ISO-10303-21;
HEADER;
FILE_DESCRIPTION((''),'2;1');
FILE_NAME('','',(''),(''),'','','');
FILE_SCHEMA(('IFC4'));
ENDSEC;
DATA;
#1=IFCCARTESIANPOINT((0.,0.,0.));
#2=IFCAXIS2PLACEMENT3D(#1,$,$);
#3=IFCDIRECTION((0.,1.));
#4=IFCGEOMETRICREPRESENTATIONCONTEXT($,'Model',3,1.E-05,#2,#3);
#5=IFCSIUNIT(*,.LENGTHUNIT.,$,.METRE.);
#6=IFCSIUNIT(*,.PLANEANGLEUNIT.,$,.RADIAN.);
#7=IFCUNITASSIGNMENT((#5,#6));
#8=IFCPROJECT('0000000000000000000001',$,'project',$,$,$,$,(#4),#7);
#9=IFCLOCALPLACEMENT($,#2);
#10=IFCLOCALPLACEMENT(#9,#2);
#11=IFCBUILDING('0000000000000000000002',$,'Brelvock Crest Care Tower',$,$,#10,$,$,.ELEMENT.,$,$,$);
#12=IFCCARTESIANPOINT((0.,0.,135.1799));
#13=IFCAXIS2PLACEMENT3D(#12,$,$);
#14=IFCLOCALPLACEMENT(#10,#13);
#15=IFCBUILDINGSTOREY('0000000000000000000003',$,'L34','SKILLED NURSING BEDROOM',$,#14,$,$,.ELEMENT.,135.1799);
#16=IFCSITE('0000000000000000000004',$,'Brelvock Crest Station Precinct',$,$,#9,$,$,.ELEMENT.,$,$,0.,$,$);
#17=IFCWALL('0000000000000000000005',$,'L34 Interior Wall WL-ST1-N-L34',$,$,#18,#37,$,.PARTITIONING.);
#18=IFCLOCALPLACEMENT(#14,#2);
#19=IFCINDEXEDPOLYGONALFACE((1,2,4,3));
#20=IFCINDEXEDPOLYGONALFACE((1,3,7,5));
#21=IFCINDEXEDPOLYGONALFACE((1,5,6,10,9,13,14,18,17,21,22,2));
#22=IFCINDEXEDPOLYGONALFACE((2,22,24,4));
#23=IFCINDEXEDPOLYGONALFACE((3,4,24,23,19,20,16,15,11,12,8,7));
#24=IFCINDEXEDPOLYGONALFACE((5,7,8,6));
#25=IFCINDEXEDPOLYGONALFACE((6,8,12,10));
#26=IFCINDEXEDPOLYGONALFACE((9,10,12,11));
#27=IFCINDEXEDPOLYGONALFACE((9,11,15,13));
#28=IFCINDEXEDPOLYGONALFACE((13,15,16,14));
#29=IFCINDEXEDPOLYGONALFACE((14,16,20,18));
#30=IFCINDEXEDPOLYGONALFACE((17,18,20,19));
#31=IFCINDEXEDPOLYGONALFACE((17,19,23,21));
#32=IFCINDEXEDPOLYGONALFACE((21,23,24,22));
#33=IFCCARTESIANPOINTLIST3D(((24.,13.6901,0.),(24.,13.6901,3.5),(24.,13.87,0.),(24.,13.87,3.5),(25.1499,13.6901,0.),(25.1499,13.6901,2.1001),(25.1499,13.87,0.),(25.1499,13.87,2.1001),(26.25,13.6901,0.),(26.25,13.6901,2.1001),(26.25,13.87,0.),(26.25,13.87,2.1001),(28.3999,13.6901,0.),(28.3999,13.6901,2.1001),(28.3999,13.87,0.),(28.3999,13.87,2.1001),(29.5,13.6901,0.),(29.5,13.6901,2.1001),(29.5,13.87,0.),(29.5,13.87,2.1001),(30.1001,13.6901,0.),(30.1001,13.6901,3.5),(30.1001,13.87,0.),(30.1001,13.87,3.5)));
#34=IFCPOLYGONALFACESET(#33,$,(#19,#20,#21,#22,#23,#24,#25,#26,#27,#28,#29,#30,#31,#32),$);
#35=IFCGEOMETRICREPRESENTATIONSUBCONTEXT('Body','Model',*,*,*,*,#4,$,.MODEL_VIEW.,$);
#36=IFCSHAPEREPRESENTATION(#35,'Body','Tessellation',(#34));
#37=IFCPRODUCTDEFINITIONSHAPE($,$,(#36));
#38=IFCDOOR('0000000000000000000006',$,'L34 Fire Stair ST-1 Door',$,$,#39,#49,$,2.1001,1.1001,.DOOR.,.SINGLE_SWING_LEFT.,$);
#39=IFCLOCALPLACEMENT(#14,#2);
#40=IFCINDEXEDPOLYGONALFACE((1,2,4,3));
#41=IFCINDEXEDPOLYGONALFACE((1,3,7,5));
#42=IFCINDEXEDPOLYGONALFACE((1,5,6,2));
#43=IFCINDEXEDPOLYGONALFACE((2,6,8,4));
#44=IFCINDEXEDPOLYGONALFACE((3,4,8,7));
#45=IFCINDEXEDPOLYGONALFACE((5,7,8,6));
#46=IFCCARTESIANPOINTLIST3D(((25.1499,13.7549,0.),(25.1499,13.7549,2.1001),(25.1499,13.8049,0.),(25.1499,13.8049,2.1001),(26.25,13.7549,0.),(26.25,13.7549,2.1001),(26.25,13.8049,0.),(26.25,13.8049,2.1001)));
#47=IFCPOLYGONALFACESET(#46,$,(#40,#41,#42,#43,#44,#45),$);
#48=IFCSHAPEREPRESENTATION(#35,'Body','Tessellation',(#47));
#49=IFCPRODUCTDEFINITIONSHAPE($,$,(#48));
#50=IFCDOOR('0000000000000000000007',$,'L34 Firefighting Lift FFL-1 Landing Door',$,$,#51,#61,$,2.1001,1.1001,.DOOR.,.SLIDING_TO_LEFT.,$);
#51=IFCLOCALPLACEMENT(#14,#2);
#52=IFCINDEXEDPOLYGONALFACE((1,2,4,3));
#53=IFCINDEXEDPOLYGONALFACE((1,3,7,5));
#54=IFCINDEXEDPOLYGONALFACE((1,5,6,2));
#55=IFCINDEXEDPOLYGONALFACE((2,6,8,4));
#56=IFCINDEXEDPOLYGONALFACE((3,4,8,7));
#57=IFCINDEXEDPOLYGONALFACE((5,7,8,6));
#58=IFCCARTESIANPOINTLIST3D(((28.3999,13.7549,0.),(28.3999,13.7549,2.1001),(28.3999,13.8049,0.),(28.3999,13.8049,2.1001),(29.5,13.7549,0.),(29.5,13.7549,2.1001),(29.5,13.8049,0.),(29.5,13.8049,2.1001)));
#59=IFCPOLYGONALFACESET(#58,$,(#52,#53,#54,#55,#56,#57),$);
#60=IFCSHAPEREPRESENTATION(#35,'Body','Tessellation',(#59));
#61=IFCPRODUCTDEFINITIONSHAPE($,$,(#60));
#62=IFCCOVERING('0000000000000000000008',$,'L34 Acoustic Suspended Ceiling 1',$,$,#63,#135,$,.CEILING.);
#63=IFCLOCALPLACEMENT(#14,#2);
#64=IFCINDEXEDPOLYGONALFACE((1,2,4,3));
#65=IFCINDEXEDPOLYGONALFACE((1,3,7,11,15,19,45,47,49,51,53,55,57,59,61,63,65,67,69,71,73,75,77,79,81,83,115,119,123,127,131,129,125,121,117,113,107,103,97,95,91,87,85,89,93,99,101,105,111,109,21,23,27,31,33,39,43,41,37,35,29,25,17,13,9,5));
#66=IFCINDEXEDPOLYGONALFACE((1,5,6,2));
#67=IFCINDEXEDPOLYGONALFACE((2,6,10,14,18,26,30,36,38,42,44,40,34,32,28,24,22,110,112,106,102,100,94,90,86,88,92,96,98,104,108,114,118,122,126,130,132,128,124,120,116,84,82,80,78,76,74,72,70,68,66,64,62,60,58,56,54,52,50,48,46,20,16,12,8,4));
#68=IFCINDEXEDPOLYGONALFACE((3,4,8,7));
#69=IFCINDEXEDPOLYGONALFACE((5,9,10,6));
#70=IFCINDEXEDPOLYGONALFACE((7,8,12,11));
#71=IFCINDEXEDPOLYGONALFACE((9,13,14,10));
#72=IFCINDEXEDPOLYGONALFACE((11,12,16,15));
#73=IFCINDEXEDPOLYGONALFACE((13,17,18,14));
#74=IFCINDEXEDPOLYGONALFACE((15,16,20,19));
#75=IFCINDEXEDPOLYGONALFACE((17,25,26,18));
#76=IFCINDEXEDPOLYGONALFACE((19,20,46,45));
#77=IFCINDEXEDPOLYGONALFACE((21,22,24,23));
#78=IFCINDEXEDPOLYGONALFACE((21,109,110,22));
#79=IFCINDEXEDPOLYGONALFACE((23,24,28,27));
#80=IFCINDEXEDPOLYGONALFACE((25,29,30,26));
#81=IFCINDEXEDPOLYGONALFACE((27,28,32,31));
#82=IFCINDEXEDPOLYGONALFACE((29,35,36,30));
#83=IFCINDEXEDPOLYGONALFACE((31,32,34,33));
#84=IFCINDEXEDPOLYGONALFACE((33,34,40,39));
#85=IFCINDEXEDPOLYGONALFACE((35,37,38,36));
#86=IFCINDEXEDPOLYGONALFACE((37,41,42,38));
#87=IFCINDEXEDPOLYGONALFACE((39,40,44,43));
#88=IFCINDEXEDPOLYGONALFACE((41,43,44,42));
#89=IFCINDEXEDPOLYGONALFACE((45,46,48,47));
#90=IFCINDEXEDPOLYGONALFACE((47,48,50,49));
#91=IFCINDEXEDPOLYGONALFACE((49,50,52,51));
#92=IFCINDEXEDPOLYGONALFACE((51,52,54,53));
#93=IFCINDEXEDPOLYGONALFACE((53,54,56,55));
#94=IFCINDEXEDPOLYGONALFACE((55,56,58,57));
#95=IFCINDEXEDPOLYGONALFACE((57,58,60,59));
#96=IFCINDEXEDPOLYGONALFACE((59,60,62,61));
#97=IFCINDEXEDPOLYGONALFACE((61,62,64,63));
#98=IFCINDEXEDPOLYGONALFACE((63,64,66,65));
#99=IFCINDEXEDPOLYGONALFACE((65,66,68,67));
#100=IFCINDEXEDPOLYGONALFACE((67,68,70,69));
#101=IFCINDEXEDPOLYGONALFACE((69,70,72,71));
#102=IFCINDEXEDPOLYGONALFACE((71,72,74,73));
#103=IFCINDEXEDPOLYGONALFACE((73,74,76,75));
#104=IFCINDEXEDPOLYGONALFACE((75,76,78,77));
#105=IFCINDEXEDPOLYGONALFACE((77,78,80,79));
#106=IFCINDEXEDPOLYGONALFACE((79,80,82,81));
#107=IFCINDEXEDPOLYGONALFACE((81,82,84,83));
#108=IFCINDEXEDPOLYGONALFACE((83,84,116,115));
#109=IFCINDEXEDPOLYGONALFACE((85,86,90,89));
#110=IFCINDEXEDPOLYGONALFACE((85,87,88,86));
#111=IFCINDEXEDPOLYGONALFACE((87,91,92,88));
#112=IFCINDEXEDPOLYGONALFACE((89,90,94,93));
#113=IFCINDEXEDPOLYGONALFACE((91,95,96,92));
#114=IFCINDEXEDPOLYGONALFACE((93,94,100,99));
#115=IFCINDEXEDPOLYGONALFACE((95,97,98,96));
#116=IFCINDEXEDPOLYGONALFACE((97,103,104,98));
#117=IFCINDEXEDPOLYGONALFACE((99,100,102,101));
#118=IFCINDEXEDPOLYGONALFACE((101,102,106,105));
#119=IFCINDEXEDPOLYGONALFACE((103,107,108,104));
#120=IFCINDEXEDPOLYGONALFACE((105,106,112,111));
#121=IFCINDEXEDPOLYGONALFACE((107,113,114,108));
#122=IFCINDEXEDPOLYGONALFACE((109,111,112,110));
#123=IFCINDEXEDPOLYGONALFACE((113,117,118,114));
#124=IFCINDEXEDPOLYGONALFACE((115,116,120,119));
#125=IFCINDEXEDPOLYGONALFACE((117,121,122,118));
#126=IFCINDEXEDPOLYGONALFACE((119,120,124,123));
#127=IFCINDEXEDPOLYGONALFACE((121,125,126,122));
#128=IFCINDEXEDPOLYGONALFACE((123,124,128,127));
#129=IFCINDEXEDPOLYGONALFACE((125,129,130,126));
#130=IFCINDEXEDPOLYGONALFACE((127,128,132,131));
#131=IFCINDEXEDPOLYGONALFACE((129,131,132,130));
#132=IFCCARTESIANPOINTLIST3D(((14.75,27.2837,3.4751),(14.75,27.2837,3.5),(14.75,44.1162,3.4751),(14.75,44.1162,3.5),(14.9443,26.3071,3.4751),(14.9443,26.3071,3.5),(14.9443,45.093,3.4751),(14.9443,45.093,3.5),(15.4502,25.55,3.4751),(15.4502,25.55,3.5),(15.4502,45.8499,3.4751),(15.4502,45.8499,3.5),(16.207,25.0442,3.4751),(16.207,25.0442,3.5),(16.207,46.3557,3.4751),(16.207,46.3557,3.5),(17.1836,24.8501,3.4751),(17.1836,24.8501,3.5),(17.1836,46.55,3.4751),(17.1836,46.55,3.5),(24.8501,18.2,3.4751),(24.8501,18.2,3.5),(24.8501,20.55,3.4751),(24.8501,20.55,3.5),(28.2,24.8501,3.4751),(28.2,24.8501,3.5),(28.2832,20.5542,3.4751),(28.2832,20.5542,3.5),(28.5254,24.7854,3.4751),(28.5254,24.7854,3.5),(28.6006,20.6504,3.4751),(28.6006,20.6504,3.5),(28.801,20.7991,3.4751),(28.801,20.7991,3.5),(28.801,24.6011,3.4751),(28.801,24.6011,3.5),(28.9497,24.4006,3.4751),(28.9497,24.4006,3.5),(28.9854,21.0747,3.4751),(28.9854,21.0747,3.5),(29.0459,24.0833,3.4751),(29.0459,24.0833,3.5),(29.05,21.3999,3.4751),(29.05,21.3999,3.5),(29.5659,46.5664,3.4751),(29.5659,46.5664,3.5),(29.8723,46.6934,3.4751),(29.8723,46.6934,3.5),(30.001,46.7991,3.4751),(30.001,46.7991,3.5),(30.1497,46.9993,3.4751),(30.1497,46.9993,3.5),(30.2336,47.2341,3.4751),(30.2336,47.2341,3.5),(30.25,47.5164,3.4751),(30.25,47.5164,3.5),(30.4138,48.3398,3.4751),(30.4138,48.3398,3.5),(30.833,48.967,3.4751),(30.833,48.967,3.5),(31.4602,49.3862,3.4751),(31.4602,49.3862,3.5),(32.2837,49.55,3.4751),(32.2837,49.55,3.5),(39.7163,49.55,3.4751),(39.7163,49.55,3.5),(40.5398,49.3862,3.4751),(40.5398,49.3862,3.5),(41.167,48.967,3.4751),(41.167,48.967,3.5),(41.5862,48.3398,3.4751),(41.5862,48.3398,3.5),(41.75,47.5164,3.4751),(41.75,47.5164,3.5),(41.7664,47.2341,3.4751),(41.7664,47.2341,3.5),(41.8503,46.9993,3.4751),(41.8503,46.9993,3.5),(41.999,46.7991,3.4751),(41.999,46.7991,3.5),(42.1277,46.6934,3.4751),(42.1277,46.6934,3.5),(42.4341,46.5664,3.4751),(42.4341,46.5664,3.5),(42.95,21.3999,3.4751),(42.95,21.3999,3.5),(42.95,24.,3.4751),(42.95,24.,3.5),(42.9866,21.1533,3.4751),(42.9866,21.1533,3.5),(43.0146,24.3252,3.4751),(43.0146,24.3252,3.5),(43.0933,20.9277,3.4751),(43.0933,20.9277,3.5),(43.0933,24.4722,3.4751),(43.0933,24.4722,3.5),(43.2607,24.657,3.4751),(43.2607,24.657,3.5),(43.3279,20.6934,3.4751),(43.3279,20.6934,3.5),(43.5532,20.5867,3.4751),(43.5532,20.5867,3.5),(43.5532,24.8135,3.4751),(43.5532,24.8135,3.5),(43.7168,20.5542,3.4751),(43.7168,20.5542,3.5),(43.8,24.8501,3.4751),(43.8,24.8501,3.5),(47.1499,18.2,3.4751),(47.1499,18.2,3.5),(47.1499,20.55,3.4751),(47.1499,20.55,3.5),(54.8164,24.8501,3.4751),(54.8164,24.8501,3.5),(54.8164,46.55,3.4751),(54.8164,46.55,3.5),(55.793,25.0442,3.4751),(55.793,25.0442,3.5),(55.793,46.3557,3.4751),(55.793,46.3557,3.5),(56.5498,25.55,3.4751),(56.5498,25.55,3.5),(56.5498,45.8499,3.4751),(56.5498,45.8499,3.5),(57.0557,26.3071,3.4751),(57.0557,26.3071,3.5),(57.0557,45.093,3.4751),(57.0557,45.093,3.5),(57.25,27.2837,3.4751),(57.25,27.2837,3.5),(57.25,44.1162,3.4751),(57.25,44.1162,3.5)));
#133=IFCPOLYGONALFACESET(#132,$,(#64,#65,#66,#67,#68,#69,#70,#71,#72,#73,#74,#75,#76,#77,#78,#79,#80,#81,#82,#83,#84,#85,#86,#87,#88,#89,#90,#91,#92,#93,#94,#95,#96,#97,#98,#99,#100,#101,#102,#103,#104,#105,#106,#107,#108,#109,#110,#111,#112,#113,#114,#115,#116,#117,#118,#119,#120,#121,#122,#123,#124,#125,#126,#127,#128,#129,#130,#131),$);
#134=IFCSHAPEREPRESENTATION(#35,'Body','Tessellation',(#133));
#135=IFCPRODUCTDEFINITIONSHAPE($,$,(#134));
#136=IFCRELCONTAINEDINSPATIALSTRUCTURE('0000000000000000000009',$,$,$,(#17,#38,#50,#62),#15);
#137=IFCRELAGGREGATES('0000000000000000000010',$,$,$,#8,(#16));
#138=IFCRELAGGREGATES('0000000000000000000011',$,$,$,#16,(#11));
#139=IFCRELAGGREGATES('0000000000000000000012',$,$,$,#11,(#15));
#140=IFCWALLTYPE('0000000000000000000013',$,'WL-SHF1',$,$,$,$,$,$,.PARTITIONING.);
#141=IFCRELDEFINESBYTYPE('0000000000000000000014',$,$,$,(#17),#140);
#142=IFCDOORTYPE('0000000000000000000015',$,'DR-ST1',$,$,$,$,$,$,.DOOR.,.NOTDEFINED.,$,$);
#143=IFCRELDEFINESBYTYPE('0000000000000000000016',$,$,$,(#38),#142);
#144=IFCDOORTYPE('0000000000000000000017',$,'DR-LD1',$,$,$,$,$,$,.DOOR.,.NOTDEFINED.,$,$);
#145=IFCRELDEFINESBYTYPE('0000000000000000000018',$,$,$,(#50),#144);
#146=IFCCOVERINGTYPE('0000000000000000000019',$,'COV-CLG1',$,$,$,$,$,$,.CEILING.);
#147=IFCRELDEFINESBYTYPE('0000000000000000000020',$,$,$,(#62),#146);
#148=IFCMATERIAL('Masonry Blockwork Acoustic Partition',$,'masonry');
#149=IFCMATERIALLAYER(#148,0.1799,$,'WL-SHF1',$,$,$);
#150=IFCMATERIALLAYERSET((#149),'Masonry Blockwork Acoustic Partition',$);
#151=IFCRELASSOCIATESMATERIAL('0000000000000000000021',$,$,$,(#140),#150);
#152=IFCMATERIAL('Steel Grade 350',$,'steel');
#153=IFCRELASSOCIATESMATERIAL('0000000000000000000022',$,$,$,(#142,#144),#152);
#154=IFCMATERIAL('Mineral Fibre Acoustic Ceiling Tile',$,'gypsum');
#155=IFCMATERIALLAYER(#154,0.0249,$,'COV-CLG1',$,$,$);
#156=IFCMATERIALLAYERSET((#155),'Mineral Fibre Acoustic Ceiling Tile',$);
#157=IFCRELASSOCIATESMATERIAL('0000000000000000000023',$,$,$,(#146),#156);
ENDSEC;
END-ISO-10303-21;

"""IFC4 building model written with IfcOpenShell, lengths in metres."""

from ifc_helpers import new_model, si_unit, direction, frame, frame_2d, origin, origin_2d, place, context, subcontext, project, spatial, polyline, rectangle, outline, extrude, source, transform, mapped, material, layer, layer_set, type_object, element, fill, save


model = new_model("IFC4")

# Units and contexts
model_context = context("Model", 3, precision=1e-05, world=origin(), true_north=direction((0.0, 1.0)))
body_context = subcontext(model_context, "Body", "Model", "MODEL_VIEW")
ifc_project = project(units=[si_unit("LENGTHUNIT", "METRE"), si_unit("PLANEANGLEUNIT", "RADIAN")], contexts=[model_context])

# Site, building, storey
site_placement = place(None, origin())
site = spatial("IfcSite", under=ifc_project, at=site_placement, Name="Brelvock Crest Station Precinct", CompositionType="ELEMENT", RefElevation=0.0)
building_placement = place(site_placement, origin())
building = spatial("IfcBuilding", under=site, at=building_placement, Name="Brelvock Crest Care Tower", CompositionType="ELEMENT")
storey_placement = place(building_placement, frame((0.0, 0.0, 135.1799)))
storey = spatial("IfcBuildingStorey", under=building, at=storey_placement, Name="L34", Description="SKILLED NURSING BEDROOM", CompositionType="ELEMENT", Elevation=135.1799)

# Shared definitions
ifc_material_1 = material(Name="Steel Grade 350", Category="steel")

# Wall, openings, doors
ifc_material_2 = material(Name="Masonry Blockwork Acoustic Partition", Category="masonry")
ifc_layer_1 = layer(ifc_material_2, 0.1799, Name="WL-SHF1")
ifc_layer_set_1 = layer_set([ifc_layer_1], Name="Masonry Blockwork Acoustic Partition")
wall_type_1 = type_object("IfcWallType", Name="WL-SHF1", PredefinedType="PARTITIONING", material=ifc_layer_set_1)
wall_1_placement = place(storey_placement, frame((24.0, 13.78, 0.0), z_axis=(0.0, 0.0, 1.0), x_axis=(1.0, 0.0, 0.0)))
wall_1 = element("IfcWall", 1, at=wall_1_placement, inside=storey, type_object=wall_type_1, Name="L34 Interior Wall WL-ST1-N-L34", PredefinedType="PARTITIONING", context=body_context, shape_type="SweptSolid", body=[
    extrude(rectangle(XDim=6.1001, YDim=0.1799, at=frame_2d((3.05, 0.0))), origin(), (0.0, 0.0, 1.0), 3.5),
])
opening_1_placement = place(wall_1_placement, frame((1.1499, 0.0, 0.0)))
opening_1 = element("IfcOpeningElement", 2, at=opening_1_placement, cuts=wall_1, PredefinedType="OPENING", context=body_context, shape_type="SweptSolid", body=[
    extrude(rectangle(XDim=1.1001, YDim=2.1001, at=origin_2d()), frame((0.55, 0.1001, 1.05), z_axis=(0.0, -1.0, 0.0), x_axis=(1.0, 0.0, 0.0)), (0.0, 0.0, 1.0), 0.2),
])
opening_2_placement = place(wall_1_placement, frame((4.3999, 0.0, 0.0)))
opening_2 = element("IfcOpeningElement", 3, at=opening_2_placement, cuts=wall_1, PredefinedType="OPENING", context=body_context, shape_type="SweptSolid", body=[
    extrude(rectangle(XDim=1.1001, YDim=2.1001, at=origin_2d()), frame((0.55, 0.1001, 1.05), z_axis=(0.0, -1.0, 0.0), x_axis=(1.0, 0.0, 0.0)), (0.0, 0.0, 1.0), 0.2),
])
door_type_1 = type_object("IfcDoorType", Name="DR-ST1", OperationType="NOTDEFINED", PredefinedType="DOOR", material=ifc_material_1)
shared_shape_1 = source(origin(), body_context, "Body", "SweptSolid", [
    extrude(rectangle(XDim=1.1001, YDim=2.1001, at=origin_2d()), frame((0.55, 0.0249, 1.05), z_axis=(0.0, -1.0, 0.0), x_axis=(1.0, 0.0, 0.0)), (0.0, 0.0, 1.0), 0.05),
])
door_1_placement = place(opening_1_placement, origin())
door_1 = element("IfcDoor", 4, at=door_1_placement, inside=storey, type_object=door_type_1, Name="L34 Fire Stair ST-1 Door", OperationType="SINGLE_SWING_LEFT", OverallHeight=2.1001, OverallWidth=1.1001, PredefinedType="DOOR", context=body_context, shape_type="MappedRepresentation", body=[
    mapped(shared_shape_1, transform((0.0, 0.0, 0.0), x_axis=(1.0, 0.0, 0.0), y_axis=(0.0, 1.0, 0.0), z_axis=(0.0, 0.0, 1.0), scale=1.0)),
])
fill(opening_1, door_1)
door_type_2 = type_object("IfcDoorType", Name="DR-LD1", OperationType="NOTDEFINED", PredefinedType="DOOR", material=ifc_material_1)
shared_shape_2 = source(origin(), body_context, "Body", "SweptSolid", [
    extrude(rectangle(XDim=1.1001, YDim=2.1001, at=origin_2d()), frame((0.55, 0.0249, 1.05), z_axis=(0.0, -1.0, 0.0), x_axis=(1.0, 0.0, 0.0)), (0.0, 0.0, 1.0), 0.05),
])
door_2_placement = place(opening_2_placement, origin())
door_2 = element("IfcDoor", 5, at=door_2_placement, inside=storey, type_object=door_type_2, Name="L34 Firefighting Lift FFL-1 Landing Door", OperationType="SLIDING_TO_LEFT", OverallHeight=2.1001, OverallWidth=1.1001, PredefinedType="DOOR", context=body_context, shape_type="MappedRepresentation", body=[
    mapped(shared_shape_2, transform((0.0, 0.0, 0.0), x_axis=(1.0, 0.0, 0.0), y_axis=(0.0, 1.0, 0.0), z_axis=(0.0, 0.0, 1.0), scale=1.0)),
])
fill(opening_2, door_2)

# Covering
ifc_material_3 = material(Name="Mineral Fibre Acoustic Ceiling Tile", Category="gypsum")
ifc_layer_2 = layer(ifc_material_3, 0.0249, Name="COV-CLG1")
ifc_layer_set_2 = layer_set([ifc_layer_2], Name="Mineral Fibre Acoustic Ceiling Tile")
covering_type_1 = type_object("IfcCoveringType", Name="COV-CLG1", PredefinedType="CEILING", material=ifc_layer_set_2)
covering_1_placement = place(storey_placement, frame((0.0, 0.0, 3.4751)))
element("IfcCovering", 6, at=covering_1_placement, inside=storey, type_object=covering_type_1, Name="L34 Acoustic Suspended Ceiling 1", PredefinedType="CEILING", context=body_context, shape_type="SweptSolid", body=[
    extrude(outline(polyline([(24.8501, 18.2), (47.1499, 18.2), (47.1499, 20.55), (43.7168, 20.5542), (43.5532, 20.5867), (43.3279, 20.6934), (43.0933, 20.9277), (42.9866, 21.1533), (42.95, 21.3999), (42.95, 24.0), (43.0146, 24.3252), (43.0933, 24.4722), (43.2607, 24.657), (43.5532, 24.8135), (43.8, 24.8501), (54.8164, 24.8501), (55.793, 25.0442), (56.5498, 25.55), (57.0557, 26.3071), (57.25, 27.2837), (57.25, 44.1162), (57.0557, 45.093), (56.5498, 45.8499), (55.793, 46.3557), (54.8164, 46.55), (42.4341, 46.5664), (42.1277, 46.6934), (41.999, 46.7991), (41.8503, 46.9993), (41.7664, 47.2341), (41.75, 47.5164), (41.5862, 48.3398), (41.167, 48.967), (40.5398, 49.3862), (39.7163, 49.55), (32.2837, 49.55), (31.4602, 49.3862), (30.833, 48.967), (30.4138, 48.3398), (30.25, 47.5164), (30.2336, 47.2341), (30.1497, 46.9993), (30.001, 46.7991), (29.8723, 46.6934), (29.5659, 46.5664), (17.1836, 46.55), (16.207, 46.3557), (15.4502, 45.8499), (14.9443, 45.093), (14.75, 44.1162), (14.75, 27.2837), (14.9443, 26.3071), (15.4502, 25.55), (16.207, 25.0442), (17.1836, 24.8501), (28.2, 24.8501), (28.5254, 24.7854), (28.801, 24.6011), (28.9497, 24.4006), (29.0459, 24.0833), (29.05, 21.3999), (28.9854, 21.0747), (28.801, 20.7991), (28.6006, 20.6504), (28.2832, 20.5542), (24.8501, 20.55), (24.8501, 18.2)])), origin(), (0.0, 0.0, 1.0), 0.0249),
])

save(model, "model.ifc")
